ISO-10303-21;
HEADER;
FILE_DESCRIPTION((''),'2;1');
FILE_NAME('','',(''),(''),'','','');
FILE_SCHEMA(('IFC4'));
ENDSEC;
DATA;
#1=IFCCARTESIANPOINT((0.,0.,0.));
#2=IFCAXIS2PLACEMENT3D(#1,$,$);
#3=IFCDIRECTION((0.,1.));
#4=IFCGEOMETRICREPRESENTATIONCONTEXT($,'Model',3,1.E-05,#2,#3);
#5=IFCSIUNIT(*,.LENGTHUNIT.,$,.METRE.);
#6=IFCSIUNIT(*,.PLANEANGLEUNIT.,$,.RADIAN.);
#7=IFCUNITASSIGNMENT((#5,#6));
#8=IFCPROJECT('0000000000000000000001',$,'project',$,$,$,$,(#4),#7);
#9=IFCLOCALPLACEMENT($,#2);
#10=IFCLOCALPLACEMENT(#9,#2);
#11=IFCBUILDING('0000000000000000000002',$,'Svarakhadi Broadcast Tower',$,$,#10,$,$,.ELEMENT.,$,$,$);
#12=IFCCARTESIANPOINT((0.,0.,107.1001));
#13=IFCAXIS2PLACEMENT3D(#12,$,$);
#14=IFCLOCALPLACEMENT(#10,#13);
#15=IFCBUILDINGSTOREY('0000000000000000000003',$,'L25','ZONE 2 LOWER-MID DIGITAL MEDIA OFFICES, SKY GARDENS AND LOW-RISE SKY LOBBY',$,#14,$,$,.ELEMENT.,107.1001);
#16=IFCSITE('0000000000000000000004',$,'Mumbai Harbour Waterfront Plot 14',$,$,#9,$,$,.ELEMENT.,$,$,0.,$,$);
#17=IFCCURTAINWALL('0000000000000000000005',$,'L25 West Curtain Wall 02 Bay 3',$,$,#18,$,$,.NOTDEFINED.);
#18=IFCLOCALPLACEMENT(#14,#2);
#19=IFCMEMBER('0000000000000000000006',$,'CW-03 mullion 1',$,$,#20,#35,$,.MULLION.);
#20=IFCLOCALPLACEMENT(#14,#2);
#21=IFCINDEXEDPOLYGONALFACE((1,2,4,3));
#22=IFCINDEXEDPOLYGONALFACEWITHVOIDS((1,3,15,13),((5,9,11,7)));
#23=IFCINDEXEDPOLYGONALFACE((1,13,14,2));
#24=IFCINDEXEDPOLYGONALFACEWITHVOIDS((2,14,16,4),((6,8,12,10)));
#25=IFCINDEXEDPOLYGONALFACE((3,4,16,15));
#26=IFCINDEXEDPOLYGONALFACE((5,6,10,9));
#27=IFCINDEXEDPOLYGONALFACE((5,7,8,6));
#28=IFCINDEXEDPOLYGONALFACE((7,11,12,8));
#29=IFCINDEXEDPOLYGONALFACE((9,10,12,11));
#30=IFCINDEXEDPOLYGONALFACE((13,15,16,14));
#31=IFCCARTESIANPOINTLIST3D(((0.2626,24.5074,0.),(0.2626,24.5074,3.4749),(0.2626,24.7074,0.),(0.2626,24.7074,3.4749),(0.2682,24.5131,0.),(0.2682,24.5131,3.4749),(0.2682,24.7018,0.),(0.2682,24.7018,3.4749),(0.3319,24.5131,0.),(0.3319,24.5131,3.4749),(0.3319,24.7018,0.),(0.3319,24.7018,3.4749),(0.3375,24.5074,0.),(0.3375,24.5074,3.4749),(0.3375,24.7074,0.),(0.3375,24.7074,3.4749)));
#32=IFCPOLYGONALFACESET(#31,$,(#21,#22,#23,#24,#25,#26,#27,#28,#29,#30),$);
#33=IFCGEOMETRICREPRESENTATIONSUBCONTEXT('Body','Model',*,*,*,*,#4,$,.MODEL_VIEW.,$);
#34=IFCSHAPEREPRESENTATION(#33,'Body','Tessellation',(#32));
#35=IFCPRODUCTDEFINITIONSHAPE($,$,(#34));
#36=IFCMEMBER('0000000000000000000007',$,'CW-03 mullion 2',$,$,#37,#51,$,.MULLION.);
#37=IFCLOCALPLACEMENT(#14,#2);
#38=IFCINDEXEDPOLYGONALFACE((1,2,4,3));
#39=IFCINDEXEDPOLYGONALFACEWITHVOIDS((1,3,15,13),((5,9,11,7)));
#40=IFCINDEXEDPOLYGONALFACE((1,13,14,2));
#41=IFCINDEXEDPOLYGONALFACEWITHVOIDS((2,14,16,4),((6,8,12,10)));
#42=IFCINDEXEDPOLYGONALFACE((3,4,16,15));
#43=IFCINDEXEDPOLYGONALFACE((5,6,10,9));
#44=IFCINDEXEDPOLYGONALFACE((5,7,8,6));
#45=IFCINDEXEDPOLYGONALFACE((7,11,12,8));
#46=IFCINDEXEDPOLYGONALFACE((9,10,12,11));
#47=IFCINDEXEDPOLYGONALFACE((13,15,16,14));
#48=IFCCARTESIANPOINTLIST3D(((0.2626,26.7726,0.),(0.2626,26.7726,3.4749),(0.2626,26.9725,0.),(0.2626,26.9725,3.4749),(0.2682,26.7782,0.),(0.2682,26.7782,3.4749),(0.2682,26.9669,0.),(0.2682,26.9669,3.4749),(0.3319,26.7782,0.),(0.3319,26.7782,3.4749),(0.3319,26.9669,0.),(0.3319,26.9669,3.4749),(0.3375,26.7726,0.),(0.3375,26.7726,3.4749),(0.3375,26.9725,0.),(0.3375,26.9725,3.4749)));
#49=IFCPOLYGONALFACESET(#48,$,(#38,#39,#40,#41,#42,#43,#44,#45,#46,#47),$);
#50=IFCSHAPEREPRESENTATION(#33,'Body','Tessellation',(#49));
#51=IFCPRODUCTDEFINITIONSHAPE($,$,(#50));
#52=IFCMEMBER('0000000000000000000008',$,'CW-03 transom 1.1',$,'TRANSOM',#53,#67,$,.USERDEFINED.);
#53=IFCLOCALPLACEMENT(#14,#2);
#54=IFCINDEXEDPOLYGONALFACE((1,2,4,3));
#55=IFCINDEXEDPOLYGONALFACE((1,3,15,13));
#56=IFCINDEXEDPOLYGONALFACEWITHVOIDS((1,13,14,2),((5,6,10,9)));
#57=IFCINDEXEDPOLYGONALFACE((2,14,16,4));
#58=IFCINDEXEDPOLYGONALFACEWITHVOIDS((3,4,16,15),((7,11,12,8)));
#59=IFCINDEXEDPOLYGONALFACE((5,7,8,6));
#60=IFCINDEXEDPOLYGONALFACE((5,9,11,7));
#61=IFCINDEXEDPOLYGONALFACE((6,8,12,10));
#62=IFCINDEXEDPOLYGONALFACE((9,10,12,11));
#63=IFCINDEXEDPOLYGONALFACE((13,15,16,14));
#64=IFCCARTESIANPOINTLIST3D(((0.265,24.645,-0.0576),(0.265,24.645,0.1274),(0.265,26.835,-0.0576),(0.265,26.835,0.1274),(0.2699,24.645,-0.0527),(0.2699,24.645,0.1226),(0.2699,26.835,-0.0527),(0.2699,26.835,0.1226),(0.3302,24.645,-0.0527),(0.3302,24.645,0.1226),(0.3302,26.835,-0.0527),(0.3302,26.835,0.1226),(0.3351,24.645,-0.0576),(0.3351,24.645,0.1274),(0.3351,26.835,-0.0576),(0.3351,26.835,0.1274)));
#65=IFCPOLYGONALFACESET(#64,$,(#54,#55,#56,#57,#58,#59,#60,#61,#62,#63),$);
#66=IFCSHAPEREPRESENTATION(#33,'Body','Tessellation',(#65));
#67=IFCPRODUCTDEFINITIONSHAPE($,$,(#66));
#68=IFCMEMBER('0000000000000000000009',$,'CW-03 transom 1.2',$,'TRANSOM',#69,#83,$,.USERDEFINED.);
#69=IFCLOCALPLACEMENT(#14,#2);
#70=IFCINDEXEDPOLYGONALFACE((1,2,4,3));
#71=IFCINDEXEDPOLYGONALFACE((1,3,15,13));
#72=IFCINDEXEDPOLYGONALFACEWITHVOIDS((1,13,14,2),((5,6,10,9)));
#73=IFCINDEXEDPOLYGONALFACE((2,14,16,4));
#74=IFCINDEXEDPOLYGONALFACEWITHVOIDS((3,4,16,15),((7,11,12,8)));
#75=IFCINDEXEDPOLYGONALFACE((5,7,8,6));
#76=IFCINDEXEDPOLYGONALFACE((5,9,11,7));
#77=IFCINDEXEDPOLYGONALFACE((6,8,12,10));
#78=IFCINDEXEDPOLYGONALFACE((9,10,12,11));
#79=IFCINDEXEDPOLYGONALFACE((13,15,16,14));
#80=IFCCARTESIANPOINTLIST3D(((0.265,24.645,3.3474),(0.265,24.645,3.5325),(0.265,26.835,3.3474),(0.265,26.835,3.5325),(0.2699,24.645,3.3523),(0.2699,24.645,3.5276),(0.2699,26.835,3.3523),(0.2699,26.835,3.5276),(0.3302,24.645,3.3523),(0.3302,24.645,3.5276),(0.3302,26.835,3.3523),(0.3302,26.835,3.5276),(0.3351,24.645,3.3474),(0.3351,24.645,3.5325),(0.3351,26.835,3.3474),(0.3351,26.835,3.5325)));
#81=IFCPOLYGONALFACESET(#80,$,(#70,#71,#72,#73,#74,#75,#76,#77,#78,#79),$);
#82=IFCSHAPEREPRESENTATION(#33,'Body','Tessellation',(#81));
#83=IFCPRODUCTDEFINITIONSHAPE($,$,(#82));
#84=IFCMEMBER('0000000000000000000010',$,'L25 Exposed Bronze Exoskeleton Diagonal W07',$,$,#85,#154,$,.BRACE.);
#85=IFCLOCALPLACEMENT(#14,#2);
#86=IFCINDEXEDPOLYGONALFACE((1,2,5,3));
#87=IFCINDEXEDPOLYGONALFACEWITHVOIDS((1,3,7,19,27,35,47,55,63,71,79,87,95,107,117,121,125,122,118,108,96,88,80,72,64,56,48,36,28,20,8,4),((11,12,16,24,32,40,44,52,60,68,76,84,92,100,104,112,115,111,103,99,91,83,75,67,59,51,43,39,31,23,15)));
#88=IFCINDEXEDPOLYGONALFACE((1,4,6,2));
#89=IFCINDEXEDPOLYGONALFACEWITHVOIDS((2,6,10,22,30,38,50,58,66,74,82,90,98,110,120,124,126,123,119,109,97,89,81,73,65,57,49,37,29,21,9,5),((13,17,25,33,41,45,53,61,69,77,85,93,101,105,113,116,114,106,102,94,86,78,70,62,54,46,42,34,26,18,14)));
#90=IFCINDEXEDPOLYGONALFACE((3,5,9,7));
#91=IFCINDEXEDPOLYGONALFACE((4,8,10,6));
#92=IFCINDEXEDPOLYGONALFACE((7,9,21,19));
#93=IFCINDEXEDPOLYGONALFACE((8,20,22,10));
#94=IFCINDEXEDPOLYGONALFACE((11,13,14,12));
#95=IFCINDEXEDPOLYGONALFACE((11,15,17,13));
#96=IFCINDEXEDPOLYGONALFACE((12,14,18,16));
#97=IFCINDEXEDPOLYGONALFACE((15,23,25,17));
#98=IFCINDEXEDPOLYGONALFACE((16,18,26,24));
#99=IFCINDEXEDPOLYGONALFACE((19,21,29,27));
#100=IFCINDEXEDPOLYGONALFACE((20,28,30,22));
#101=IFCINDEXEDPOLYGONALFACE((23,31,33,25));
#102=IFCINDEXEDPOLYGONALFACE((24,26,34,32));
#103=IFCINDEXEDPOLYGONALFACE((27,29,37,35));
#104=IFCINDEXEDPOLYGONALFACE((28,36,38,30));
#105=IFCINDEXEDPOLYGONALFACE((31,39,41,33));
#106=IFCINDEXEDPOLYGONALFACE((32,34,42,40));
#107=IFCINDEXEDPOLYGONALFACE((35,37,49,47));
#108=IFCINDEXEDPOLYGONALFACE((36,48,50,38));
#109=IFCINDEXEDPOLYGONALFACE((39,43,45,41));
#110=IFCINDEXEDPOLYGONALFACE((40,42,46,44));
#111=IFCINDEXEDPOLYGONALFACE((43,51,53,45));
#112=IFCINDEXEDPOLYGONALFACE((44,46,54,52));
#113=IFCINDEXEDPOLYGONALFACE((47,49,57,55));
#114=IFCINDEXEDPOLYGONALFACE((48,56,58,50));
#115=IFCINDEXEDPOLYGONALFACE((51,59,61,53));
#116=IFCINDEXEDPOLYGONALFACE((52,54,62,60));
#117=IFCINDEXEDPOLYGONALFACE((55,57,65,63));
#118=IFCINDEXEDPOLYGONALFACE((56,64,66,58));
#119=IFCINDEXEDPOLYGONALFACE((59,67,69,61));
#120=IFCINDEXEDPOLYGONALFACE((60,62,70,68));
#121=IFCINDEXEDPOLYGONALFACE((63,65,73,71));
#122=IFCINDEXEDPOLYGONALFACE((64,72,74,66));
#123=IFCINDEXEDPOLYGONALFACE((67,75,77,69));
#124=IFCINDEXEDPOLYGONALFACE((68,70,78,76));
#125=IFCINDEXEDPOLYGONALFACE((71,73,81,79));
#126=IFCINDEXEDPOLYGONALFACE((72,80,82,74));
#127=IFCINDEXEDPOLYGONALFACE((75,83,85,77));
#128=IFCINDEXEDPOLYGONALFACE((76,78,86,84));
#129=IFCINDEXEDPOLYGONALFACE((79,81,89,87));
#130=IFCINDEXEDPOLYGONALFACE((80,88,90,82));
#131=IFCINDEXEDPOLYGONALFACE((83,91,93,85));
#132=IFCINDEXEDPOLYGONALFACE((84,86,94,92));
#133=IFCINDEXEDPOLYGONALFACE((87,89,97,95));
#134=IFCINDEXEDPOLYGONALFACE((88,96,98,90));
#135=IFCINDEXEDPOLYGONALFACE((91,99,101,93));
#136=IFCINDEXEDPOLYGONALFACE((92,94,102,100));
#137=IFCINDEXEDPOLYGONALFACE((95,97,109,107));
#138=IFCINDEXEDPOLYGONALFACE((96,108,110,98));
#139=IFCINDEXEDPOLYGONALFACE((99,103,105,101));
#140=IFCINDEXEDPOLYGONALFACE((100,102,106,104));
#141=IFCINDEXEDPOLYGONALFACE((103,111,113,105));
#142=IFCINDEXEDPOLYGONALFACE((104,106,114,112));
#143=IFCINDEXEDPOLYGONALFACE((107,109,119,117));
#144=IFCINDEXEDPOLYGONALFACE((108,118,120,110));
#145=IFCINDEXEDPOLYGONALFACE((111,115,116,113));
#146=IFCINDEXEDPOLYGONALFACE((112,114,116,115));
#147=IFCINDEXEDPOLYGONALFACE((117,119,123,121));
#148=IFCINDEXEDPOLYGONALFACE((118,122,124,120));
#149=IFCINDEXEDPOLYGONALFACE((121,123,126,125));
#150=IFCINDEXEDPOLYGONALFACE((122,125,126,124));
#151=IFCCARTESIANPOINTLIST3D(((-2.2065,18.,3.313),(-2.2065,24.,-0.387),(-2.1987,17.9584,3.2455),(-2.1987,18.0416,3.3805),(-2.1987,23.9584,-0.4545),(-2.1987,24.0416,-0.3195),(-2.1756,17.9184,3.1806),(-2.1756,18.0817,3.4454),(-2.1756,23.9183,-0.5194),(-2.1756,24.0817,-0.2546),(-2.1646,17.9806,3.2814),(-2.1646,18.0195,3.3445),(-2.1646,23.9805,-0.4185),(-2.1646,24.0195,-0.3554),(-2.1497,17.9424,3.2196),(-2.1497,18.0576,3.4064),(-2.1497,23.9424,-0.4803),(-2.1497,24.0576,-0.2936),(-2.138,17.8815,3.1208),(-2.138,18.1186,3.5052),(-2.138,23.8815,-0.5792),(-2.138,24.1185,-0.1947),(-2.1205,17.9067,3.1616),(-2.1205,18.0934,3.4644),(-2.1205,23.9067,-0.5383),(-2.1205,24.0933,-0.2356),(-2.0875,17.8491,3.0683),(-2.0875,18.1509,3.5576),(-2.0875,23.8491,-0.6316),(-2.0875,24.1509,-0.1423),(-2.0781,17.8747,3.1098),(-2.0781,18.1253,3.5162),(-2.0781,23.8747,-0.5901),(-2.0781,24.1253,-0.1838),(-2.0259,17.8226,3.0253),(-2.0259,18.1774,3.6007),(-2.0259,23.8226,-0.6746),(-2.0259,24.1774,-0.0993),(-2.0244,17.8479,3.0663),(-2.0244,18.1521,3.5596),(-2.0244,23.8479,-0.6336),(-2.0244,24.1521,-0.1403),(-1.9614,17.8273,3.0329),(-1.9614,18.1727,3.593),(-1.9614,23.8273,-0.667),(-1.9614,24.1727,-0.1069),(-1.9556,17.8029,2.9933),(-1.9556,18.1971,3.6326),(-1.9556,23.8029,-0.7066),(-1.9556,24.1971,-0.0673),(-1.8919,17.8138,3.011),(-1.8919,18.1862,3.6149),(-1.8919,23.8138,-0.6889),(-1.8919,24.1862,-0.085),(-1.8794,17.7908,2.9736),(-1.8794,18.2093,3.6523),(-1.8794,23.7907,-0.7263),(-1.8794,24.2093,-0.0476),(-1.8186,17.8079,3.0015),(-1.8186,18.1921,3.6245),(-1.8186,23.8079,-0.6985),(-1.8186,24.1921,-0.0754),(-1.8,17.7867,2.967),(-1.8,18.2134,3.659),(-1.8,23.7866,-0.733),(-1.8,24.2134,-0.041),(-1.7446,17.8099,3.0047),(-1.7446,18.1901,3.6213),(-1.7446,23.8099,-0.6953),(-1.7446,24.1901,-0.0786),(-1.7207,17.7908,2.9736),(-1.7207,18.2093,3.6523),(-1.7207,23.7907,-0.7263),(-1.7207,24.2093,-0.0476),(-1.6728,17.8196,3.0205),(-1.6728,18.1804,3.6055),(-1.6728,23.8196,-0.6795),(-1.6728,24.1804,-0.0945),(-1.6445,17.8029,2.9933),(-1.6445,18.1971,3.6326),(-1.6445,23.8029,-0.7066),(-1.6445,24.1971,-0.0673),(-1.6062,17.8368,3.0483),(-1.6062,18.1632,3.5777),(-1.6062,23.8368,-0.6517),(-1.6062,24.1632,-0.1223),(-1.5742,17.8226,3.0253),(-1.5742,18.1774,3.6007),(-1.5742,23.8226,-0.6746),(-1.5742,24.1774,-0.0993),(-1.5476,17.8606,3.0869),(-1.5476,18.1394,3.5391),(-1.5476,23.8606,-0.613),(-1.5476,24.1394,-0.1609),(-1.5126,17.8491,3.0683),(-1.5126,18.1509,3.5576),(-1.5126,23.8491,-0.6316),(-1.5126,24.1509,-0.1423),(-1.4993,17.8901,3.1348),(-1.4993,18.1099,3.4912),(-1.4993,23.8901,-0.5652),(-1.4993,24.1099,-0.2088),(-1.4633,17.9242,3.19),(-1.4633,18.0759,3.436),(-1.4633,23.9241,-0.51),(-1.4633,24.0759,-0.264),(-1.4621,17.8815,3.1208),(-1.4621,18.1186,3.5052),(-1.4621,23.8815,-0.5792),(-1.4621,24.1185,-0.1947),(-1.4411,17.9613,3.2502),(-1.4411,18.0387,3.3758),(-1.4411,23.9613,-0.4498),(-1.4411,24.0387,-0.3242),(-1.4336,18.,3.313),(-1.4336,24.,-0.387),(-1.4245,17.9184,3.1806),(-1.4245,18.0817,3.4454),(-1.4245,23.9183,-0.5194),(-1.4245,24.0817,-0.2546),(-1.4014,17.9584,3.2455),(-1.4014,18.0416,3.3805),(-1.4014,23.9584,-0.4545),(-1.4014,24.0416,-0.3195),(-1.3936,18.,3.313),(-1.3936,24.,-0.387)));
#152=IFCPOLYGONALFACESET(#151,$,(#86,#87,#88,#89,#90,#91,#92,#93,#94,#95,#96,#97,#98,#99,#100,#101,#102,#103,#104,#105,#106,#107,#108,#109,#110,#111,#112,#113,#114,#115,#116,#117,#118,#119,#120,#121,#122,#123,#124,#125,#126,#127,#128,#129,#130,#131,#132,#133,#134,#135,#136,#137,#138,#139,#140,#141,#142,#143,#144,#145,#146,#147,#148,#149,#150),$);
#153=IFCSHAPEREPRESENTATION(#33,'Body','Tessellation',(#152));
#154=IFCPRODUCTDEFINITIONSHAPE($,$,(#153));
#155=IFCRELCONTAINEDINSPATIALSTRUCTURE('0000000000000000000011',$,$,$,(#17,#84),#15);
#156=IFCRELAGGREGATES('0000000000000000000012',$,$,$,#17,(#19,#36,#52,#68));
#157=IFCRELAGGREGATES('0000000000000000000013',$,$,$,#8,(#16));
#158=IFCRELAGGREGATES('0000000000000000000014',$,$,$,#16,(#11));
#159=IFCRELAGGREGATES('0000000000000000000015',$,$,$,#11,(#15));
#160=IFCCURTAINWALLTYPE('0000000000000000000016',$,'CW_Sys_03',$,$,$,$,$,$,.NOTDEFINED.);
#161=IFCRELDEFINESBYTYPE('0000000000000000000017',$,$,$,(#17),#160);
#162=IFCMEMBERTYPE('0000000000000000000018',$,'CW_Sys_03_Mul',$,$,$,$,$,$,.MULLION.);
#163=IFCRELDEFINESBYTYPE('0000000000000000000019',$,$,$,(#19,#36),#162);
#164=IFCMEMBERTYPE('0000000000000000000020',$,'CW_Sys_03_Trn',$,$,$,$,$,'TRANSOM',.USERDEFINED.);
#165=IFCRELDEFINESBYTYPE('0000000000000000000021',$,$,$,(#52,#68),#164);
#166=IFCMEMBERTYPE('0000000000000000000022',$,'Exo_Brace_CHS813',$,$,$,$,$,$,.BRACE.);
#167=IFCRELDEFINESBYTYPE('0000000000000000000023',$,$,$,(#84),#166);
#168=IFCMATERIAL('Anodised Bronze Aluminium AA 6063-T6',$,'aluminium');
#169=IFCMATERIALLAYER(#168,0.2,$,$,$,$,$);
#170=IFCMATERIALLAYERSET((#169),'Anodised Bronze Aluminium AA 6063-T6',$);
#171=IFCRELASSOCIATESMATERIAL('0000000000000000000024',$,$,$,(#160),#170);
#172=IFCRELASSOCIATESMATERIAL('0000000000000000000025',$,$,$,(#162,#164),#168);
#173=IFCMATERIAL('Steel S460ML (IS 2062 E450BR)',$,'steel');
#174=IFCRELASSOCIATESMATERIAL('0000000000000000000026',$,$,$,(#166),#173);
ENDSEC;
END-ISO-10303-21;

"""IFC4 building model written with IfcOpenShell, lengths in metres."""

from ifc_helpers import new_model, si_unit, direction, frame, origin, origin_2d, place, context, subcontext, project, spatial, hollow_rectangle, hollow_circle, extrude, material, layer, layer_set, material_profile, profile_set, type_object, element, aggregate, save


model = new_model("IFC4")

# Units and contexts
model_context = context("Model", 3, precision=1e-05, world=origin(), true_north=direction((0.0, 1.0)))
body_context = subcontext(model_context, "Body", "Model", "MODEL_VIEW")
ifc_project = project(units=[si_unit("LENGTHUNIT", "METRE"), si_unit("PLANEANGLEUNIT", "RADIAN")], contexts=[model_context])

# Site, building, storey
site_placement = place(None, origin())
site = spatial("IfcSite", under=ifc_project, at=site_placement, Name="Mumbai Harbour Waterfront Plot 14", CompositionType="ELEMENT", RefElevation=0.0)
building_placement = place(site_placement, origin())
building = spatial("IfcBuilding", under=site, at=building_placement, Name="Svarakhadi Broadcast Tower", CompositionType="ELEMENT")
storey_placement = place(building_placement, frame((0.0, 0.0, 107.1001)))
storey = spatial("IfcBuildingStorey", under=building, at=storey_placement, Name="L25", Description="ZONE 2 LOWER-MID DIGITAL MEDIA OFFICES, SKY GARDENS AND LOW-RISE SKY LOBBY", CompositionType="ELEMENT", Elevation=107.1001)

# Shared definitions
ifc_material_1 = material(Name="Steel S460ML (IS 2062 E450BR)", Category="steel")

# Curtain wall, members
ifc_material_2 = material(Name="Anodised Bronze Aluminium AA 6063-T6", Category="aluminium")
ifc_layer_1 = layer(ifc_material_2, 0.2)
ifc_layer_set_1 = layer_set([ifc_layer_1], Name="Anodised Bronze Aluminium AA 6063-T6")
curtain_wall_type = type_object("IfcCurtainWallType", Name="CW_Sys_03", PredefinedType="NOTDEFINED", material=ifc_layer_set_1)
curtain_wall_placement = place(storey_placement, origin())
curtain_wall = element("IfcCurtainWall", 1, at=curtain_wall_placement, inside=storey, type_object=curtain_wall_type, Name="L25 West Curtain Wall 02 Bay 3", PredefinedType="NOTDEFINED")
ifc_material_profile_1 = material_profile(ifc_material_2, hollow_rectangle(XDim=0.075, YDim=0.2, WallThickness=0.0056, at=origin_2d()), Name="ALU MULLION 200x75x6")
ifc_profile_set_1 = profile_set([ifc_material_profile_1], Name="Anodised Bronze Aluminium AA 6063-T6")
member_type_1 = type_object("IfcMemberType", Name="CW_Sys_03_Mul", PredefinedType="MULLION", material=ifc_profile_set_1)
member_1_placement = place(storey_placement, frame((0.3, 24.6074, 0.0), z_axis=(0.0, 0.0, 1.0), x_axis=(-1.0, 0.0, 0.0)))
member_1 = element("IfcMember", 2, at=member_1_placement, type_object=member_type_1, Name="CW-03 mullion 1", PredefinedType="MULLION", context=body_context, shape_type="SweptSolid", body=[
    extrude(hollow_rectangle(XDim=0.075, YDim=0.2, WallThickness=0.0056, at=origin_2d()), origin(), (0.0, 0.0, 1.0), 3.4749),
])
member_2_placement = place(storey_placement, frame((0.3, 26.8726, 0.0), z_axis=(0.0, 0.0, 1.0), x_axis=(-1.0, 0.0, 0.0)))
member_2 = element("IfcMember", 3, at=member_2_placement, type_object=member_type_1, Name="CW-03 mullion 2", PredefinedType="MULLION", context=body_context, shape_type="SweptSolid", body=[
    extrude(hollow_rectangle(XDim=0.075, YDim=0.2, WallThickness=0.0056, at=origin_2d()), origin(), (0.0, 0.0, 1.0), 3.4749),
])
ifc_material_profile_2 = material_profile(ifc_material_2, hollow_rectangle(XDim=0.0701, YDim=0.1851, WallThickness=0.0049, at=origin_2d()), Name="ALU TRANSOM 185x70x5")
ifc_profile_set_2 = profile_set([ifc_material_profile_2], Name="Anodised Bronze Aluminium AA 6063-T6")
member_type_2 = type_object("IfcMemberType", Name="CW_Sys_03_Trn", ElementType="TRANSOM", PredefinedType="USERDEFINED", material=ifc_profile_set_2)
member_3_placement = place(storey_placement, frame((0.3, 24.645, 0.0349), z_axis=(0.0, 1.0, 0.0), x_axis=(-1.0, 0.0, 0.0)))
member_3 = element("IfcMember", 4, at=member_3_placement, type_object=member_type_2, Name="CW-03 transom 1.1", ObjectType="TRANSOM", PredefinedType="USERDEFINED", context=body_context, shape_type="SweptSolid", body=[
    extrude(hollow_rectangle(XDim=0.0701, YDim=0.1851, WallThickness=0.0049, at=origin_2d()), origin(), (0.0, 0.0, 1.0), 2.1899),
])
member_4_placement = place(storey_placement, frame((0.3, 24.645, 3.4399), z_axis=(0.0, 1.0, 0.0), x_axis=(-1.0, 0.0, 0.0)))
member_4 = element("IfcMember", 5, at=member_4_placement, type_object=member_type_2, Name="CW-03 transom 1.2", ObjectType="TRANSOM", PredefinedType="USERDEFINED", context=body_context, shape_type="SweptSolid", body=[
    extrude(hollow_rectangle(XDim=0.0701, YDim=0.1851, WallThickness=0.0049, at=origin_2d()), origin(), (0.0, 0.0, 1.0), 2.1899),
])

# Member
ifc_material_profile_3 = material_profile(ifc_material_1, hollow_circle(Radius=0.4065, WallThickness=0.04, at=origin_2d()), Name="CHS 813x40")
ifc_profile_set_3 = profile_set([ifc_material_profile_3], Name="Steel S460ML (IS 2062 E450BR)")
member_type_3 = type_object("IfcMemberType", Name="Exo_Brace_CHS813", PredefinedType="BRACE", material=ifc_profile_set_3)
member_5_placement = place(storey_placement, frame((-1.8, 24.0, -0.387), z_axis=(0.0, -0.851174, 0.524884), x_axis=(1.0, 0.0, 0.0)))
element("IfcMember", 6, at=member_5_placement, inside=storey, type_object=member_type_3, Name="L25 Exposed Bronze Exoskeleton Diagonal W07", PredefinedType="BRACE", context=body_context, shape_type="SweptSolid", body=[
    extrude(hollow_circle(Radius=0.4065, WallThickness=0.04, at=origin_2d()), origin(), (0.0, 0.0, 1.0), 7.0491),
])

aggregate(curtain_wall, [member_1, member_2, member_3, member_4])

save(model, "model.ifc")
